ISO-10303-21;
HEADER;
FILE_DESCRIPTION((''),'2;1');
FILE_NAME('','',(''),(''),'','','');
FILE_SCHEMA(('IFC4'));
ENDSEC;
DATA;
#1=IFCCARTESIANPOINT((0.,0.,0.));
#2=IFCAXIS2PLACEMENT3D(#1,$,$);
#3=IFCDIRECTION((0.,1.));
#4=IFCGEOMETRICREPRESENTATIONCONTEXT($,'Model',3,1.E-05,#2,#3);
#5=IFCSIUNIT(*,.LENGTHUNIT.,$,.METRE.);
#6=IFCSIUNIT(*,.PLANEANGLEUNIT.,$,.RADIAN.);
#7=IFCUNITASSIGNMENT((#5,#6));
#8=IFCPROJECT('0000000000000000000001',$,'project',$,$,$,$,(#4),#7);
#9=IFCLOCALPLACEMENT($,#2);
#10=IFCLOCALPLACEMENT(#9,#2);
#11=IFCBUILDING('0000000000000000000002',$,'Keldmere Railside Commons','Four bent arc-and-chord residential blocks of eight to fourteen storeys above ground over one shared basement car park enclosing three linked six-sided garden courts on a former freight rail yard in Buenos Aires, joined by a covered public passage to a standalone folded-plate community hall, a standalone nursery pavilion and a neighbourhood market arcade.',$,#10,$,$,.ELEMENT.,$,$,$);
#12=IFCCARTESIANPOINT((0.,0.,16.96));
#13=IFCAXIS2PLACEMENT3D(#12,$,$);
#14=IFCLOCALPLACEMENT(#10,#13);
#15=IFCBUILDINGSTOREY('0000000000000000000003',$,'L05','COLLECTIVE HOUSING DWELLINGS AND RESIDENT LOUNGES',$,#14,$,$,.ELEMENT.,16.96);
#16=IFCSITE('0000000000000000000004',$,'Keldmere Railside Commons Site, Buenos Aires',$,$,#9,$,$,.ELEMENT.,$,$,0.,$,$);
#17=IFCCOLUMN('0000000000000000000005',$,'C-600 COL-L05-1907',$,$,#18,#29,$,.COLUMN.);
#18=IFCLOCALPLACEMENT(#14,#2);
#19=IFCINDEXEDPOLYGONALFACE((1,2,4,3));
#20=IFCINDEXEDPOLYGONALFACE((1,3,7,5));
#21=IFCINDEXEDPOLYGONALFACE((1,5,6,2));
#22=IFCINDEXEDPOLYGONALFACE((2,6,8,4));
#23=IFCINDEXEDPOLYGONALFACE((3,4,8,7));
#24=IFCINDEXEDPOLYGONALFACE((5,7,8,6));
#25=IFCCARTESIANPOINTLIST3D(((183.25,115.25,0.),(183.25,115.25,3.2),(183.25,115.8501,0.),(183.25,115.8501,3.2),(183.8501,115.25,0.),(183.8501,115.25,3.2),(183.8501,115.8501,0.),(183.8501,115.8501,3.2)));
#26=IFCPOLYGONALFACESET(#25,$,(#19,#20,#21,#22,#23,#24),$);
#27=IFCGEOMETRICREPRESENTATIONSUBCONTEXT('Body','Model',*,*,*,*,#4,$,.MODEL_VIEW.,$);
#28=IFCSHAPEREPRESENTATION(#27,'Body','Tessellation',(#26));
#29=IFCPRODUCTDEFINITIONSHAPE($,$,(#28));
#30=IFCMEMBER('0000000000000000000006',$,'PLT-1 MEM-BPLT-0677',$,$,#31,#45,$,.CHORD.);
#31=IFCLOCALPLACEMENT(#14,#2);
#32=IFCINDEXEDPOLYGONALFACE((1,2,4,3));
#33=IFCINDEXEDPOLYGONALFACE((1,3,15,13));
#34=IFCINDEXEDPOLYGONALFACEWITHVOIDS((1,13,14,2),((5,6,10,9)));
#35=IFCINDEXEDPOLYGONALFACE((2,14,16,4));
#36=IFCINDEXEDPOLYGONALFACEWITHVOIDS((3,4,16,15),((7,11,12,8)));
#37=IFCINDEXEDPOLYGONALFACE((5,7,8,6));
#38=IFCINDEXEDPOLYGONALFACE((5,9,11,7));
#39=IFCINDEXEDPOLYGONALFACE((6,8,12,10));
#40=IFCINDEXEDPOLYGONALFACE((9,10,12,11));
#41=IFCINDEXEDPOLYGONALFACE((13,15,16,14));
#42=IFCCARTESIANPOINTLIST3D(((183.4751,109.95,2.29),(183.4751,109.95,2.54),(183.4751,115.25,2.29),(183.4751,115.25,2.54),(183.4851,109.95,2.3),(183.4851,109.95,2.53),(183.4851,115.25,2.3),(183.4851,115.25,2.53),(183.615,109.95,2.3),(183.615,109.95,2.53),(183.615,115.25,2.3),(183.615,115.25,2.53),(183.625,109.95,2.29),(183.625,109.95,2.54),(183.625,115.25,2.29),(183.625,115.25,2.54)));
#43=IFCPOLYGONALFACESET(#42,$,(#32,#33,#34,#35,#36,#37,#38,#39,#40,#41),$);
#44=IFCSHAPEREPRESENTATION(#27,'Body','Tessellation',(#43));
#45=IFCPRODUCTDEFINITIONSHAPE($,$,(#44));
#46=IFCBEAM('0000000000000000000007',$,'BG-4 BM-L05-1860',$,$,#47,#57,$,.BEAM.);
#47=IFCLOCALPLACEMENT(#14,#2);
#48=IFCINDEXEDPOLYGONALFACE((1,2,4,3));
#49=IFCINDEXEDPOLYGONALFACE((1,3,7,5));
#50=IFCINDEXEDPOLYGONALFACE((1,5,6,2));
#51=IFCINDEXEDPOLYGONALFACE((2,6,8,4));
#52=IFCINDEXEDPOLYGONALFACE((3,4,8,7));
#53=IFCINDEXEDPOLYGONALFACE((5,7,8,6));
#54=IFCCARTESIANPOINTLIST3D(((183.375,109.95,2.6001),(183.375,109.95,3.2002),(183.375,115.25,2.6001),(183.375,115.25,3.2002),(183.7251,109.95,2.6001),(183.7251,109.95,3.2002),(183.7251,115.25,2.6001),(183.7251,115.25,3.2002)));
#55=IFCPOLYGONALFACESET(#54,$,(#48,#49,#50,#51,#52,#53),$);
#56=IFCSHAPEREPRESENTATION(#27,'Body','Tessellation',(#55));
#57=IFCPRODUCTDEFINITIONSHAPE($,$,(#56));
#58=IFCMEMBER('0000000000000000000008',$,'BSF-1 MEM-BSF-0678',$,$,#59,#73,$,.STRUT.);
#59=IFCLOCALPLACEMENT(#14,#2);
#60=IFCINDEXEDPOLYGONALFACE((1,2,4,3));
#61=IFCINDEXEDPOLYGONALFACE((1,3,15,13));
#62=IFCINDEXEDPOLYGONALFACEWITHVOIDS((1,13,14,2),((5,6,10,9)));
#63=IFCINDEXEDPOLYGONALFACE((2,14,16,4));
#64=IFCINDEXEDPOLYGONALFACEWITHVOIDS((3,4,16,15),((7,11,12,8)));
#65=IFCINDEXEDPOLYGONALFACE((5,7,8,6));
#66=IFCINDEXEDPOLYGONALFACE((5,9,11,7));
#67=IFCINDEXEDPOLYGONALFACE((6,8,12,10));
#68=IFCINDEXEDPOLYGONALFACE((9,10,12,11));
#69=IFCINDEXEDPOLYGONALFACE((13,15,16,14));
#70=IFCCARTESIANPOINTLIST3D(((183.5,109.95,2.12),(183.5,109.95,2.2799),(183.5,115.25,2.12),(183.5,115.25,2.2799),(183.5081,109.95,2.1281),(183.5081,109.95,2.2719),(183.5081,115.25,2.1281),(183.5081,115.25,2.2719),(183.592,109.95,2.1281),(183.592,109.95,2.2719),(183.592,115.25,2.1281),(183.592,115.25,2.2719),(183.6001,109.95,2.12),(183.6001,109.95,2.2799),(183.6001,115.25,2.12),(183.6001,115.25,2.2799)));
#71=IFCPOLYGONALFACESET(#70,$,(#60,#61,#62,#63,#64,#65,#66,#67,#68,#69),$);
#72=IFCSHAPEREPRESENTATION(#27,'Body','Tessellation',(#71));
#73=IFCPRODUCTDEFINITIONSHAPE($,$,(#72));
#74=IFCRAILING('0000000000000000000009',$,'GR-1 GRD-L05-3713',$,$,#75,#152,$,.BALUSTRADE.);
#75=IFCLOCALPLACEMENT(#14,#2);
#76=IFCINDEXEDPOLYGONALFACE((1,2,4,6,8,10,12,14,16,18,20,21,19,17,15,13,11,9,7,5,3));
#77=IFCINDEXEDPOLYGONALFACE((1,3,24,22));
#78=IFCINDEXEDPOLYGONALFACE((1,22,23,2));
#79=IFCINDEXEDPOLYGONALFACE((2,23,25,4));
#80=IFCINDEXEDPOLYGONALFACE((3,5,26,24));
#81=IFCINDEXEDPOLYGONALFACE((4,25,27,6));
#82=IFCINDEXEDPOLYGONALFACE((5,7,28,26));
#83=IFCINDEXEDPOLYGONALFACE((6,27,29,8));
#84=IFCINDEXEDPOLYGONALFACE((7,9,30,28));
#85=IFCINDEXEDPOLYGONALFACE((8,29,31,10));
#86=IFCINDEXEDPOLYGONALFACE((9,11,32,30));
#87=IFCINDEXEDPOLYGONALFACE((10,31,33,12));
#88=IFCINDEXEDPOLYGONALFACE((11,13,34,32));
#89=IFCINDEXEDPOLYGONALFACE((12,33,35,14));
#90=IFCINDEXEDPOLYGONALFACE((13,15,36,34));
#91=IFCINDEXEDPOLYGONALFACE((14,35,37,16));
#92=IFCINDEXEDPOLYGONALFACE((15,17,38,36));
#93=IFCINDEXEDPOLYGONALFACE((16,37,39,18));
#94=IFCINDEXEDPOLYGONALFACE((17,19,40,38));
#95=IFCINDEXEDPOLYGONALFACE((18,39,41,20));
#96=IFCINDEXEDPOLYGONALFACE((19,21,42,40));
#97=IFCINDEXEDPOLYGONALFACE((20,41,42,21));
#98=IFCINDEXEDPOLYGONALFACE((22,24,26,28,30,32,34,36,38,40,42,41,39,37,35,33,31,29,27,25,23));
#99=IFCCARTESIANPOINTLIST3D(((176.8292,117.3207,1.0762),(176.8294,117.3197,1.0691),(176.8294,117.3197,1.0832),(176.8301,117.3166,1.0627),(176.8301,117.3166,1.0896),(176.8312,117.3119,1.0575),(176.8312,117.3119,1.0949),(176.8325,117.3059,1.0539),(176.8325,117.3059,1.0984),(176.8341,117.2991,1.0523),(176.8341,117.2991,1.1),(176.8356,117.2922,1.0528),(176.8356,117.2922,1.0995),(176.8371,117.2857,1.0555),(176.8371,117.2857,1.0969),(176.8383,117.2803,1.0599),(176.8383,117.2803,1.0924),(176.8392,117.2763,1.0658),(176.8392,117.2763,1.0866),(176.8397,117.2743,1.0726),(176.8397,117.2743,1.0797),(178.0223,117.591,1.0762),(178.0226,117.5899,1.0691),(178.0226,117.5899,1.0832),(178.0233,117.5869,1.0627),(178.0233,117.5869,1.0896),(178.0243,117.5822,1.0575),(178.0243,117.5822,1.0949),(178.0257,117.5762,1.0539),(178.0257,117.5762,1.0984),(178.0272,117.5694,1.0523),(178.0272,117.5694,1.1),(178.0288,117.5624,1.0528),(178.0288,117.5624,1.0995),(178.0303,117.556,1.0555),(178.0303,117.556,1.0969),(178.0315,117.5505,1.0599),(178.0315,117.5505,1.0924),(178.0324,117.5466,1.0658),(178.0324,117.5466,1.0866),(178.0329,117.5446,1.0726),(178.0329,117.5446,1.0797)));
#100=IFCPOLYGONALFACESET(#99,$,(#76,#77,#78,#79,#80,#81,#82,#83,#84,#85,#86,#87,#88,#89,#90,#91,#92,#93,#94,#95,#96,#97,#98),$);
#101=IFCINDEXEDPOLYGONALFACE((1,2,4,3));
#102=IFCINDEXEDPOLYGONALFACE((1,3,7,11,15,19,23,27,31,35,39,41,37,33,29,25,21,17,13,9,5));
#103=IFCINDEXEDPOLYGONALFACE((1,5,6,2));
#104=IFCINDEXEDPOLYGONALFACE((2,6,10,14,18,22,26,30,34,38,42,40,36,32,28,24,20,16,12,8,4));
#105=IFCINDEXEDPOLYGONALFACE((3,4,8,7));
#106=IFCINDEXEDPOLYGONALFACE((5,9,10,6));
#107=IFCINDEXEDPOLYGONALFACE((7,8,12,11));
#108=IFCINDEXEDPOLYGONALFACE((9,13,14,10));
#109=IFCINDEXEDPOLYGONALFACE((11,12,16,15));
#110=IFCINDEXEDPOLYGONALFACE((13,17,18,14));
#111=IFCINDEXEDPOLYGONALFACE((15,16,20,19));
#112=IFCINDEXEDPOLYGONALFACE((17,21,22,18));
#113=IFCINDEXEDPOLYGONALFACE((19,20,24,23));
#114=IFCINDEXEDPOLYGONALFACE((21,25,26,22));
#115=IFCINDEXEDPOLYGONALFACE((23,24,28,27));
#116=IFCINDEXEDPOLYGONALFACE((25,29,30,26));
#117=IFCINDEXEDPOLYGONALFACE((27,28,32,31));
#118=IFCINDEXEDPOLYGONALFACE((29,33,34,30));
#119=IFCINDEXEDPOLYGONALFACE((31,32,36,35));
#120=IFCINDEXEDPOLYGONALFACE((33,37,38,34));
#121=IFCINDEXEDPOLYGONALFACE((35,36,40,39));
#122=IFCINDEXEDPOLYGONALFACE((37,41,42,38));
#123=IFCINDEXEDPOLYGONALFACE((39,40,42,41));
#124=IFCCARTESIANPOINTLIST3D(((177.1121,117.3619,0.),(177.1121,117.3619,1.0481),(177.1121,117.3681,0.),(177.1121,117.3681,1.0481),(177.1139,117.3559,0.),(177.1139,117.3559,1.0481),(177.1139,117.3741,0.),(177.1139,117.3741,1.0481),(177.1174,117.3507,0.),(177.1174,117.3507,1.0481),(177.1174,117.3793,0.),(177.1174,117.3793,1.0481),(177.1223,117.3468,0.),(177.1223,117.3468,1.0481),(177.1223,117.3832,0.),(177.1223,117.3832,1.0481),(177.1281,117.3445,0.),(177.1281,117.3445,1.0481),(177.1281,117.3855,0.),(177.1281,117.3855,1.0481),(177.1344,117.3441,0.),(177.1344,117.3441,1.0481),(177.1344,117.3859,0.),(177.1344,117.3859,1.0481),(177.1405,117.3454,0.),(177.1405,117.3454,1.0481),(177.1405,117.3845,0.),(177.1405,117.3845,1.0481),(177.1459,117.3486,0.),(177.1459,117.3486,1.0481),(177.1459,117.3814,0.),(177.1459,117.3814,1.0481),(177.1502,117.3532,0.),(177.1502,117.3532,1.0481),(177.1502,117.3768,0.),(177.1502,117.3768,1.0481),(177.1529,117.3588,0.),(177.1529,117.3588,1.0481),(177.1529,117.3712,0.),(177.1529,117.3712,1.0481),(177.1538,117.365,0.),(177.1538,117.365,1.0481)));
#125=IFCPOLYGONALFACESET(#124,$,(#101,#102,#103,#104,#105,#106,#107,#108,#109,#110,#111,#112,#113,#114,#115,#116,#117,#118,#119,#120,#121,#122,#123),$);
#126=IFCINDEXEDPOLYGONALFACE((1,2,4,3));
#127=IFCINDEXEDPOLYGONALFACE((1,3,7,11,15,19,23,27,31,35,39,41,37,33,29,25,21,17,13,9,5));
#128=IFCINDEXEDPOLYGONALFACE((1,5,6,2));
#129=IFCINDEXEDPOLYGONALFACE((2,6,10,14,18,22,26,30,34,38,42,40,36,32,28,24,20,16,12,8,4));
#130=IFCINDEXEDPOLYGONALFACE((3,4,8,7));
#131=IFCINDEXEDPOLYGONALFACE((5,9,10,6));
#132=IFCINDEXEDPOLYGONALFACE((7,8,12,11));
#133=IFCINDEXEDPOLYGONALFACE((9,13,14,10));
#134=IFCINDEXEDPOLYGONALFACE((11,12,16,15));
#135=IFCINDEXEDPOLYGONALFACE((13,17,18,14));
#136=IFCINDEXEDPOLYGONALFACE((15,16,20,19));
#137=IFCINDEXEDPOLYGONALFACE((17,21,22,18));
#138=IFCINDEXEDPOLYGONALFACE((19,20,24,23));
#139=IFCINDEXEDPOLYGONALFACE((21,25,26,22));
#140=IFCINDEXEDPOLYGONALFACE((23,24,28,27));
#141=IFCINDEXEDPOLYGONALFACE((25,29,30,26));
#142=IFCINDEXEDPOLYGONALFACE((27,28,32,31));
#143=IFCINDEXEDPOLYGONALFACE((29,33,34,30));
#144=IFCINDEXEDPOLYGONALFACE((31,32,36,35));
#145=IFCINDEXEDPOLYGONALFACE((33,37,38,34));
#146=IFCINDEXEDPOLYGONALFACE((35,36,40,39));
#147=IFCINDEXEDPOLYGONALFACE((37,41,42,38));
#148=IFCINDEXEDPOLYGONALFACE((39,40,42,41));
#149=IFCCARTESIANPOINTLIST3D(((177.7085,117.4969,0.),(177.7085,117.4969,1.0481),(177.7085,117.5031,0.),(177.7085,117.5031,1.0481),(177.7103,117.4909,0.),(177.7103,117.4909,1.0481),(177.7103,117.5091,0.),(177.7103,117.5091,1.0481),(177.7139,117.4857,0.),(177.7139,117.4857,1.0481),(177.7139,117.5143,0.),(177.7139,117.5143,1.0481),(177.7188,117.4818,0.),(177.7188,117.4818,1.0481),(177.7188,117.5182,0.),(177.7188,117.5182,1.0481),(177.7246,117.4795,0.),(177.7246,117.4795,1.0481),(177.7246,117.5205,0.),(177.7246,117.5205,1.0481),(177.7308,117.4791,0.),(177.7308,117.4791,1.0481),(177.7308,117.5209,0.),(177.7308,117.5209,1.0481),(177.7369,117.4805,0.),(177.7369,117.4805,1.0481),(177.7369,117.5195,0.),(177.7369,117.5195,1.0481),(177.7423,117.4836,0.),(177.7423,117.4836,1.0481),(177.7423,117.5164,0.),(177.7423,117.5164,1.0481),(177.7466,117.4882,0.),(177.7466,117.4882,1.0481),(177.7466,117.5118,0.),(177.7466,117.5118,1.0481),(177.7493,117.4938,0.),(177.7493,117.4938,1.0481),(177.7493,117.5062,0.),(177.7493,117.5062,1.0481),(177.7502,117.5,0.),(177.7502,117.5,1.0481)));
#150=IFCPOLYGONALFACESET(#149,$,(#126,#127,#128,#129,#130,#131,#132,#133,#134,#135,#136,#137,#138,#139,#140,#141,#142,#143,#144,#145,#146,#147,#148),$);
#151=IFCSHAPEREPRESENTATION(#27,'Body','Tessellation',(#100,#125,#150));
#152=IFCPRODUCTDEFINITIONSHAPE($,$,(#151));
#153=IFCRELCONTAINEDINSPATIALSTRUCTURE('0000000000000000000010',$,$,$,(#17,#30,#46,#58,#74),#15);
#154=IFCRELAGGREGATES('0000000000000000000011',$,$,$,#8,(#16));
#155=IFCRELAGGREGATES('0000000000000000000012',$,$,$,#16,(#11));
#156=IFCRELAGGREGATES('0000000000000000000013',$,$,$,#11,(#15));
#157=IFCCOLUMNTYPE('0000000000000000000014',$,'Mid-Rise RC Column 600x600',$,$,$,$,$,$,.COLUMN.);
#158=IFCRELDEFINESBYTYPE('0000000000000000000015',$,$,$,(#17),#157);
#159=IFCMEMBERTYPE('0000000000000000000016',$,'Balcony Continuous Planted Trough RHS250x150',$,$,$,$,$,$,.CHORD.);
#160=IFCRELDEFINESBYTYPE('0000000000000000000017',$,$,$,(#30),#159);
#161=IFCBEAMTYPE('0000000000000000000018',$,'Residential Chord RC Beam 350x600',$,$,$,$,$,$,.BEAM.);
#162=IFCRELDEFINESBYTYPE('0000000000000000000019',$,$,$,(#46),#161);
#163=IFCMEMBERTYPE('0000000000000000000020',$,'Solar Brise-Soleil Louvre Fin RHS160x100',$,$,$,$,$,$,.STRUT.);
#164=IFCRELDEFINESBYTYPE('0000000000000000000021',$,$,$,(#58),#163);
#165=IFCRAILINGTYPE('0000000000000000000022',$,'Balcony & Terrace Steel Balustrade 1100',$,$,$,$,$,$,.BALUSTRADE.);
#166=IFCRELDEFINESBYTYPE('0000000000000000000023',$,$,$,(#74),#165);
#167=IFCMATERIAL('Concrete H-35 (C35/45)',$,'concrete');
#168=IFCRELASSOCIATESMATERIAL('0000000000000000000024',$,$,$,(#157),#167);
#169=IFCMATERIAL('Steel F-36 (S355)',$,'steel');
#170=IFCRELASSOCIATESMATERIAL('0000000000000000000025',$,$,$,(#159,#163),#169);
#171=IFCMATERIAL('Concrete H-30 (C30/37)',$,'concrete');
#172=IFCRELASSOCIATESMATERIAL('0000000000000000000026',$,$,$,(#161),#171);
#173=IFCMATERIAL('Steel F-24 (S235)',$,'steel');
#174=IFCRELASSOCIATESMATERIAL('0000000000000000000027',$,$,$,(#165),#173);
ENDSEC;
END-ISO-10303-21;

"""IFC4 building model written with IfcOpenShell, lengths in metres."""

from ifc_helpers import new_model, si_unit, direction, frame, origin, origin_2d, place, context, subcontext, project, spatial, rectangle, hollow_rectangle, circle, extrude, material, material_profile, profile_set, type_object, element, save


model = new_model("IFC4")

# Units and contexts
model_context = context("Model", 3, precision=1e-05, world=origin(), true_north=direction((0.0, 1.0)))
body_context = subcontext(model_context, "Body", "Model", "MODEL_VIEW")
ifc_project = project(units=[si_unit("LENGTHUNIT", "METRE"), si_unit("PLANEANGLEUNIT", "RADIAN")], contexts=[model_context])

# Site, building, storey
site_placement = place(None, origin())
site = spatial("IfcSite", under=ifc_project, at=site_placement, Name="Keldmere Railside Commons Site, Buenos Aires", CompositionType="ELEMENT", RefElevation=0.0)
building_placement = place(site_placement, origin())
building = spatial("IfcBuilding", under=site, at=building_placement, Name="Keldmere Railside Commons", Description="Four bent arc-and-chord residential blocks of eight to fourteen storeys above ground over one shared basement car park enclosing three linked six-sided garden courts on a former freight rail yard in Buenos Aires, joined by a covered public passage to a standalone folded-plate community hall, a standalone nursery pavilion and a neighbourhood market arcade.", CompositionType="ELEMENT")
storey_placement = place(building_placement, frame((0.0, 0.0, 16.96)))
storey = spatial("IfcBuildingStorey", under=building, at=storey_placement, Name="L05", Description="COLLECTIVE HOUSING DWELLINGS AND RESIDENT LOUNGES", CompositionType="ELEMENT", Elevation=16.96)

# Column
ifc_material_1 = material(Name="Concrete H-35 (C35/45)", Category="concrete")
ifc_material_profile_1 = material_profile(ifc_material_1, rectangle(XDim=0.6001, YDim=0.6001, at=origin_2d()), Name="RC-600x600")
ifc_profile_set_1 = profile_set([ifc_material_profile_1], Name="Concrete H-35 (C35/45)")
column_type = type_object("IfcColumnType", Name="Mid-Rise RC Column 600x600", PredefinedType="COLUMN", material=ifc_profile_set_1)
column_placement = place(storey_placement, frame((183.55, 115.55, 0.0), z_axis=(0.0, 0.0, 1.0), x_axis=(1.0, 0.0, 0.0)))
element("IfcColumn", 1, at=column_placement, inside=storey, type_object=column_type, Name="C-600 COL-L05-1907", PredefinedType="COLUMN", context=body_context, shape_type="SweptSolid", body=[
    extrude(rectangle(XDim=0.6001, YDim=0.6001, at=origin_2d()), origin(), (0.0, 0.0, 1.0), 3.2),
])

# Member
ifc_material_2 = material(Name="Steel F-36 (S355)", Category="steel")
ifc_material_profile_2 = material_profile(ifc_material_2, hollow_rectangle(XDim=0.1499, YDim=0.25, WallThickness=0.01, at=origin_2d()), Name="RHS-250x150x10")
ifc_profile_set_2 = profile_set([ifc_material_profile_2], Name="Steel F-36 (S355)")
member_type_1 = type_object("IfcMemberType", Name="Balcony Continuous Planted Trough RHS250x150", PredefinedType="CHORD", material=ifc_profile_set_2)
member_1_placement = place(storey_placement, frame((183.55, 109.95, 2.415), z_axis=(0.0, 1.0, 0.0), x_axis=(-1.0, 0.0, 0.0)))
element("IfcMember", 2, at=member_1_placement, inside=storey, type_object=member_type_1, Name="PLT-1 MEM-BPLT-0677", PredefinedType="CHORD", context=body_context, shape_type="SweptSolid", body=[
    extrude(hollow_rectangle(XDim=0.1499, YDim=0.25, WallThickness=0.01, at=origin_2d()), origin(), (0.0, 0.0, 1.0), 5.3),
])

# Beam
ifc_material_3 = material(Name="Concrete H-30 (C30/37)", Category="concrete")
ifc_material_profile_3 = material_profile(ifc_material_3, rectangle(XDim=0.3501, YDim=0.6001, at=origin_2d()), Name="RC-350x600")
ifc_profile_set_3 = profile_set([ifc_material_profile_3], Name="Concrete H-30 (C30/37)")
beam_type = type_object("IfcBeamType", Name="Residential Chord RC Beam 350x600", PredefinedType="BEAM", material=ifc_profile_set_3)
beam_placement = place(storey_placement, frame((183.55, 109.95, 2.9001), z_axis=(0.0, 1.0, 0.0), x_axis=(-1.0, 0.0, 0.0)))
element("IfcBeam", 3, at=beam_placement, inside=storey, type_object=beam_type, Name="BG-4 BM-L05-1860", PredefinedType="BEAM", context=body_context, shape_type="SweptSolid", body=[
    extrude(rectangle(XDim=0.3501, YDim=0.6001, at=origin_2d()), origin(), (0.0, 0.0, 1.0), 5.3),
])

# Member
ifc_material_profile_4 = material_profile(ifc_material_2, hollow_rectangle(XDim=0.1001, YDim=0.1599, WallThickness=0.0081, at=origin_2d()), Name="RHS-160x100x8")
ifc_profile_set_4 = profile_set([ifc_material_profile_4], Name="Steel F-36 (S355)")
member_type_2 = type_object("IfcMemberType", Name="Solar Brise-Soleil Louvre Fin RHS160x100", PredefinedType="STRUT", material=ifc_profile_set_4)
member_2_placement = place(storey_placement, frame((183.55, 109.95, 2.2), z_axis=(0.0, 1.0, 0.0), x_axis=(-1.0, 0.0, 0.0)))
element("IfcMember", 4, at=member_2_placement, inside=storey, type_object=member_type_2, Name="BSF-1 MEM-BSF-0678", PredefinedType="STRUT", context=body_context, shape_type="SweptSolid", body=[
    extrude(hollow_rectangle(XDim=0.1001, YDim=0.1599, WallThickness=0.0081, at=origin_2d()), origin(), (0.0, 0.0, 1.0), 5.3),
])

# Railing
ifc_material_4 = material(Name="Steel F-24 (S235)", Category="steel")
railing_type = type_object("IfcRailingType", Name="Balcony & Terrace Steel Balustrade 1100", PredefinedType="BALUSTRADE", material=ifc_material_4)
railing_1_placement = place(storey_placement, frame((176.8345, 117.2974, 0.0)))
element("IfcRailing", 5, at=railing_1_placement, inside=storey, type_object=railing_type, Name="GR-1 GRD-L05-3713", PredefinedType="BALUSTRADE", context=body_context, shape_type="SweptSolid", body=[
    extrude(circle(Radius=0.0239, at=origin_2d()), frame((0.0, 0.0, 1.0762), z_axis=(0.975291, 0.220922, 0.0), x_axis=(-0.220922, 0.975291, 0.0)), (0.0, 0.0, 1.0), 1.2234),
    extrude(circle(Radius=0.021, at=origin_2d()), frame((0.2983, 0.0676, 0.0)), (0.0, 0.0, 1.0), 1.0481),
    extrude(circle(Radius=0.021, at=origin_2d()), frame((0.8948, 0.2026, 0.0)), (0.0, 0.0, 1.0), 1.0481),
])

save(model, "model.ifc")
